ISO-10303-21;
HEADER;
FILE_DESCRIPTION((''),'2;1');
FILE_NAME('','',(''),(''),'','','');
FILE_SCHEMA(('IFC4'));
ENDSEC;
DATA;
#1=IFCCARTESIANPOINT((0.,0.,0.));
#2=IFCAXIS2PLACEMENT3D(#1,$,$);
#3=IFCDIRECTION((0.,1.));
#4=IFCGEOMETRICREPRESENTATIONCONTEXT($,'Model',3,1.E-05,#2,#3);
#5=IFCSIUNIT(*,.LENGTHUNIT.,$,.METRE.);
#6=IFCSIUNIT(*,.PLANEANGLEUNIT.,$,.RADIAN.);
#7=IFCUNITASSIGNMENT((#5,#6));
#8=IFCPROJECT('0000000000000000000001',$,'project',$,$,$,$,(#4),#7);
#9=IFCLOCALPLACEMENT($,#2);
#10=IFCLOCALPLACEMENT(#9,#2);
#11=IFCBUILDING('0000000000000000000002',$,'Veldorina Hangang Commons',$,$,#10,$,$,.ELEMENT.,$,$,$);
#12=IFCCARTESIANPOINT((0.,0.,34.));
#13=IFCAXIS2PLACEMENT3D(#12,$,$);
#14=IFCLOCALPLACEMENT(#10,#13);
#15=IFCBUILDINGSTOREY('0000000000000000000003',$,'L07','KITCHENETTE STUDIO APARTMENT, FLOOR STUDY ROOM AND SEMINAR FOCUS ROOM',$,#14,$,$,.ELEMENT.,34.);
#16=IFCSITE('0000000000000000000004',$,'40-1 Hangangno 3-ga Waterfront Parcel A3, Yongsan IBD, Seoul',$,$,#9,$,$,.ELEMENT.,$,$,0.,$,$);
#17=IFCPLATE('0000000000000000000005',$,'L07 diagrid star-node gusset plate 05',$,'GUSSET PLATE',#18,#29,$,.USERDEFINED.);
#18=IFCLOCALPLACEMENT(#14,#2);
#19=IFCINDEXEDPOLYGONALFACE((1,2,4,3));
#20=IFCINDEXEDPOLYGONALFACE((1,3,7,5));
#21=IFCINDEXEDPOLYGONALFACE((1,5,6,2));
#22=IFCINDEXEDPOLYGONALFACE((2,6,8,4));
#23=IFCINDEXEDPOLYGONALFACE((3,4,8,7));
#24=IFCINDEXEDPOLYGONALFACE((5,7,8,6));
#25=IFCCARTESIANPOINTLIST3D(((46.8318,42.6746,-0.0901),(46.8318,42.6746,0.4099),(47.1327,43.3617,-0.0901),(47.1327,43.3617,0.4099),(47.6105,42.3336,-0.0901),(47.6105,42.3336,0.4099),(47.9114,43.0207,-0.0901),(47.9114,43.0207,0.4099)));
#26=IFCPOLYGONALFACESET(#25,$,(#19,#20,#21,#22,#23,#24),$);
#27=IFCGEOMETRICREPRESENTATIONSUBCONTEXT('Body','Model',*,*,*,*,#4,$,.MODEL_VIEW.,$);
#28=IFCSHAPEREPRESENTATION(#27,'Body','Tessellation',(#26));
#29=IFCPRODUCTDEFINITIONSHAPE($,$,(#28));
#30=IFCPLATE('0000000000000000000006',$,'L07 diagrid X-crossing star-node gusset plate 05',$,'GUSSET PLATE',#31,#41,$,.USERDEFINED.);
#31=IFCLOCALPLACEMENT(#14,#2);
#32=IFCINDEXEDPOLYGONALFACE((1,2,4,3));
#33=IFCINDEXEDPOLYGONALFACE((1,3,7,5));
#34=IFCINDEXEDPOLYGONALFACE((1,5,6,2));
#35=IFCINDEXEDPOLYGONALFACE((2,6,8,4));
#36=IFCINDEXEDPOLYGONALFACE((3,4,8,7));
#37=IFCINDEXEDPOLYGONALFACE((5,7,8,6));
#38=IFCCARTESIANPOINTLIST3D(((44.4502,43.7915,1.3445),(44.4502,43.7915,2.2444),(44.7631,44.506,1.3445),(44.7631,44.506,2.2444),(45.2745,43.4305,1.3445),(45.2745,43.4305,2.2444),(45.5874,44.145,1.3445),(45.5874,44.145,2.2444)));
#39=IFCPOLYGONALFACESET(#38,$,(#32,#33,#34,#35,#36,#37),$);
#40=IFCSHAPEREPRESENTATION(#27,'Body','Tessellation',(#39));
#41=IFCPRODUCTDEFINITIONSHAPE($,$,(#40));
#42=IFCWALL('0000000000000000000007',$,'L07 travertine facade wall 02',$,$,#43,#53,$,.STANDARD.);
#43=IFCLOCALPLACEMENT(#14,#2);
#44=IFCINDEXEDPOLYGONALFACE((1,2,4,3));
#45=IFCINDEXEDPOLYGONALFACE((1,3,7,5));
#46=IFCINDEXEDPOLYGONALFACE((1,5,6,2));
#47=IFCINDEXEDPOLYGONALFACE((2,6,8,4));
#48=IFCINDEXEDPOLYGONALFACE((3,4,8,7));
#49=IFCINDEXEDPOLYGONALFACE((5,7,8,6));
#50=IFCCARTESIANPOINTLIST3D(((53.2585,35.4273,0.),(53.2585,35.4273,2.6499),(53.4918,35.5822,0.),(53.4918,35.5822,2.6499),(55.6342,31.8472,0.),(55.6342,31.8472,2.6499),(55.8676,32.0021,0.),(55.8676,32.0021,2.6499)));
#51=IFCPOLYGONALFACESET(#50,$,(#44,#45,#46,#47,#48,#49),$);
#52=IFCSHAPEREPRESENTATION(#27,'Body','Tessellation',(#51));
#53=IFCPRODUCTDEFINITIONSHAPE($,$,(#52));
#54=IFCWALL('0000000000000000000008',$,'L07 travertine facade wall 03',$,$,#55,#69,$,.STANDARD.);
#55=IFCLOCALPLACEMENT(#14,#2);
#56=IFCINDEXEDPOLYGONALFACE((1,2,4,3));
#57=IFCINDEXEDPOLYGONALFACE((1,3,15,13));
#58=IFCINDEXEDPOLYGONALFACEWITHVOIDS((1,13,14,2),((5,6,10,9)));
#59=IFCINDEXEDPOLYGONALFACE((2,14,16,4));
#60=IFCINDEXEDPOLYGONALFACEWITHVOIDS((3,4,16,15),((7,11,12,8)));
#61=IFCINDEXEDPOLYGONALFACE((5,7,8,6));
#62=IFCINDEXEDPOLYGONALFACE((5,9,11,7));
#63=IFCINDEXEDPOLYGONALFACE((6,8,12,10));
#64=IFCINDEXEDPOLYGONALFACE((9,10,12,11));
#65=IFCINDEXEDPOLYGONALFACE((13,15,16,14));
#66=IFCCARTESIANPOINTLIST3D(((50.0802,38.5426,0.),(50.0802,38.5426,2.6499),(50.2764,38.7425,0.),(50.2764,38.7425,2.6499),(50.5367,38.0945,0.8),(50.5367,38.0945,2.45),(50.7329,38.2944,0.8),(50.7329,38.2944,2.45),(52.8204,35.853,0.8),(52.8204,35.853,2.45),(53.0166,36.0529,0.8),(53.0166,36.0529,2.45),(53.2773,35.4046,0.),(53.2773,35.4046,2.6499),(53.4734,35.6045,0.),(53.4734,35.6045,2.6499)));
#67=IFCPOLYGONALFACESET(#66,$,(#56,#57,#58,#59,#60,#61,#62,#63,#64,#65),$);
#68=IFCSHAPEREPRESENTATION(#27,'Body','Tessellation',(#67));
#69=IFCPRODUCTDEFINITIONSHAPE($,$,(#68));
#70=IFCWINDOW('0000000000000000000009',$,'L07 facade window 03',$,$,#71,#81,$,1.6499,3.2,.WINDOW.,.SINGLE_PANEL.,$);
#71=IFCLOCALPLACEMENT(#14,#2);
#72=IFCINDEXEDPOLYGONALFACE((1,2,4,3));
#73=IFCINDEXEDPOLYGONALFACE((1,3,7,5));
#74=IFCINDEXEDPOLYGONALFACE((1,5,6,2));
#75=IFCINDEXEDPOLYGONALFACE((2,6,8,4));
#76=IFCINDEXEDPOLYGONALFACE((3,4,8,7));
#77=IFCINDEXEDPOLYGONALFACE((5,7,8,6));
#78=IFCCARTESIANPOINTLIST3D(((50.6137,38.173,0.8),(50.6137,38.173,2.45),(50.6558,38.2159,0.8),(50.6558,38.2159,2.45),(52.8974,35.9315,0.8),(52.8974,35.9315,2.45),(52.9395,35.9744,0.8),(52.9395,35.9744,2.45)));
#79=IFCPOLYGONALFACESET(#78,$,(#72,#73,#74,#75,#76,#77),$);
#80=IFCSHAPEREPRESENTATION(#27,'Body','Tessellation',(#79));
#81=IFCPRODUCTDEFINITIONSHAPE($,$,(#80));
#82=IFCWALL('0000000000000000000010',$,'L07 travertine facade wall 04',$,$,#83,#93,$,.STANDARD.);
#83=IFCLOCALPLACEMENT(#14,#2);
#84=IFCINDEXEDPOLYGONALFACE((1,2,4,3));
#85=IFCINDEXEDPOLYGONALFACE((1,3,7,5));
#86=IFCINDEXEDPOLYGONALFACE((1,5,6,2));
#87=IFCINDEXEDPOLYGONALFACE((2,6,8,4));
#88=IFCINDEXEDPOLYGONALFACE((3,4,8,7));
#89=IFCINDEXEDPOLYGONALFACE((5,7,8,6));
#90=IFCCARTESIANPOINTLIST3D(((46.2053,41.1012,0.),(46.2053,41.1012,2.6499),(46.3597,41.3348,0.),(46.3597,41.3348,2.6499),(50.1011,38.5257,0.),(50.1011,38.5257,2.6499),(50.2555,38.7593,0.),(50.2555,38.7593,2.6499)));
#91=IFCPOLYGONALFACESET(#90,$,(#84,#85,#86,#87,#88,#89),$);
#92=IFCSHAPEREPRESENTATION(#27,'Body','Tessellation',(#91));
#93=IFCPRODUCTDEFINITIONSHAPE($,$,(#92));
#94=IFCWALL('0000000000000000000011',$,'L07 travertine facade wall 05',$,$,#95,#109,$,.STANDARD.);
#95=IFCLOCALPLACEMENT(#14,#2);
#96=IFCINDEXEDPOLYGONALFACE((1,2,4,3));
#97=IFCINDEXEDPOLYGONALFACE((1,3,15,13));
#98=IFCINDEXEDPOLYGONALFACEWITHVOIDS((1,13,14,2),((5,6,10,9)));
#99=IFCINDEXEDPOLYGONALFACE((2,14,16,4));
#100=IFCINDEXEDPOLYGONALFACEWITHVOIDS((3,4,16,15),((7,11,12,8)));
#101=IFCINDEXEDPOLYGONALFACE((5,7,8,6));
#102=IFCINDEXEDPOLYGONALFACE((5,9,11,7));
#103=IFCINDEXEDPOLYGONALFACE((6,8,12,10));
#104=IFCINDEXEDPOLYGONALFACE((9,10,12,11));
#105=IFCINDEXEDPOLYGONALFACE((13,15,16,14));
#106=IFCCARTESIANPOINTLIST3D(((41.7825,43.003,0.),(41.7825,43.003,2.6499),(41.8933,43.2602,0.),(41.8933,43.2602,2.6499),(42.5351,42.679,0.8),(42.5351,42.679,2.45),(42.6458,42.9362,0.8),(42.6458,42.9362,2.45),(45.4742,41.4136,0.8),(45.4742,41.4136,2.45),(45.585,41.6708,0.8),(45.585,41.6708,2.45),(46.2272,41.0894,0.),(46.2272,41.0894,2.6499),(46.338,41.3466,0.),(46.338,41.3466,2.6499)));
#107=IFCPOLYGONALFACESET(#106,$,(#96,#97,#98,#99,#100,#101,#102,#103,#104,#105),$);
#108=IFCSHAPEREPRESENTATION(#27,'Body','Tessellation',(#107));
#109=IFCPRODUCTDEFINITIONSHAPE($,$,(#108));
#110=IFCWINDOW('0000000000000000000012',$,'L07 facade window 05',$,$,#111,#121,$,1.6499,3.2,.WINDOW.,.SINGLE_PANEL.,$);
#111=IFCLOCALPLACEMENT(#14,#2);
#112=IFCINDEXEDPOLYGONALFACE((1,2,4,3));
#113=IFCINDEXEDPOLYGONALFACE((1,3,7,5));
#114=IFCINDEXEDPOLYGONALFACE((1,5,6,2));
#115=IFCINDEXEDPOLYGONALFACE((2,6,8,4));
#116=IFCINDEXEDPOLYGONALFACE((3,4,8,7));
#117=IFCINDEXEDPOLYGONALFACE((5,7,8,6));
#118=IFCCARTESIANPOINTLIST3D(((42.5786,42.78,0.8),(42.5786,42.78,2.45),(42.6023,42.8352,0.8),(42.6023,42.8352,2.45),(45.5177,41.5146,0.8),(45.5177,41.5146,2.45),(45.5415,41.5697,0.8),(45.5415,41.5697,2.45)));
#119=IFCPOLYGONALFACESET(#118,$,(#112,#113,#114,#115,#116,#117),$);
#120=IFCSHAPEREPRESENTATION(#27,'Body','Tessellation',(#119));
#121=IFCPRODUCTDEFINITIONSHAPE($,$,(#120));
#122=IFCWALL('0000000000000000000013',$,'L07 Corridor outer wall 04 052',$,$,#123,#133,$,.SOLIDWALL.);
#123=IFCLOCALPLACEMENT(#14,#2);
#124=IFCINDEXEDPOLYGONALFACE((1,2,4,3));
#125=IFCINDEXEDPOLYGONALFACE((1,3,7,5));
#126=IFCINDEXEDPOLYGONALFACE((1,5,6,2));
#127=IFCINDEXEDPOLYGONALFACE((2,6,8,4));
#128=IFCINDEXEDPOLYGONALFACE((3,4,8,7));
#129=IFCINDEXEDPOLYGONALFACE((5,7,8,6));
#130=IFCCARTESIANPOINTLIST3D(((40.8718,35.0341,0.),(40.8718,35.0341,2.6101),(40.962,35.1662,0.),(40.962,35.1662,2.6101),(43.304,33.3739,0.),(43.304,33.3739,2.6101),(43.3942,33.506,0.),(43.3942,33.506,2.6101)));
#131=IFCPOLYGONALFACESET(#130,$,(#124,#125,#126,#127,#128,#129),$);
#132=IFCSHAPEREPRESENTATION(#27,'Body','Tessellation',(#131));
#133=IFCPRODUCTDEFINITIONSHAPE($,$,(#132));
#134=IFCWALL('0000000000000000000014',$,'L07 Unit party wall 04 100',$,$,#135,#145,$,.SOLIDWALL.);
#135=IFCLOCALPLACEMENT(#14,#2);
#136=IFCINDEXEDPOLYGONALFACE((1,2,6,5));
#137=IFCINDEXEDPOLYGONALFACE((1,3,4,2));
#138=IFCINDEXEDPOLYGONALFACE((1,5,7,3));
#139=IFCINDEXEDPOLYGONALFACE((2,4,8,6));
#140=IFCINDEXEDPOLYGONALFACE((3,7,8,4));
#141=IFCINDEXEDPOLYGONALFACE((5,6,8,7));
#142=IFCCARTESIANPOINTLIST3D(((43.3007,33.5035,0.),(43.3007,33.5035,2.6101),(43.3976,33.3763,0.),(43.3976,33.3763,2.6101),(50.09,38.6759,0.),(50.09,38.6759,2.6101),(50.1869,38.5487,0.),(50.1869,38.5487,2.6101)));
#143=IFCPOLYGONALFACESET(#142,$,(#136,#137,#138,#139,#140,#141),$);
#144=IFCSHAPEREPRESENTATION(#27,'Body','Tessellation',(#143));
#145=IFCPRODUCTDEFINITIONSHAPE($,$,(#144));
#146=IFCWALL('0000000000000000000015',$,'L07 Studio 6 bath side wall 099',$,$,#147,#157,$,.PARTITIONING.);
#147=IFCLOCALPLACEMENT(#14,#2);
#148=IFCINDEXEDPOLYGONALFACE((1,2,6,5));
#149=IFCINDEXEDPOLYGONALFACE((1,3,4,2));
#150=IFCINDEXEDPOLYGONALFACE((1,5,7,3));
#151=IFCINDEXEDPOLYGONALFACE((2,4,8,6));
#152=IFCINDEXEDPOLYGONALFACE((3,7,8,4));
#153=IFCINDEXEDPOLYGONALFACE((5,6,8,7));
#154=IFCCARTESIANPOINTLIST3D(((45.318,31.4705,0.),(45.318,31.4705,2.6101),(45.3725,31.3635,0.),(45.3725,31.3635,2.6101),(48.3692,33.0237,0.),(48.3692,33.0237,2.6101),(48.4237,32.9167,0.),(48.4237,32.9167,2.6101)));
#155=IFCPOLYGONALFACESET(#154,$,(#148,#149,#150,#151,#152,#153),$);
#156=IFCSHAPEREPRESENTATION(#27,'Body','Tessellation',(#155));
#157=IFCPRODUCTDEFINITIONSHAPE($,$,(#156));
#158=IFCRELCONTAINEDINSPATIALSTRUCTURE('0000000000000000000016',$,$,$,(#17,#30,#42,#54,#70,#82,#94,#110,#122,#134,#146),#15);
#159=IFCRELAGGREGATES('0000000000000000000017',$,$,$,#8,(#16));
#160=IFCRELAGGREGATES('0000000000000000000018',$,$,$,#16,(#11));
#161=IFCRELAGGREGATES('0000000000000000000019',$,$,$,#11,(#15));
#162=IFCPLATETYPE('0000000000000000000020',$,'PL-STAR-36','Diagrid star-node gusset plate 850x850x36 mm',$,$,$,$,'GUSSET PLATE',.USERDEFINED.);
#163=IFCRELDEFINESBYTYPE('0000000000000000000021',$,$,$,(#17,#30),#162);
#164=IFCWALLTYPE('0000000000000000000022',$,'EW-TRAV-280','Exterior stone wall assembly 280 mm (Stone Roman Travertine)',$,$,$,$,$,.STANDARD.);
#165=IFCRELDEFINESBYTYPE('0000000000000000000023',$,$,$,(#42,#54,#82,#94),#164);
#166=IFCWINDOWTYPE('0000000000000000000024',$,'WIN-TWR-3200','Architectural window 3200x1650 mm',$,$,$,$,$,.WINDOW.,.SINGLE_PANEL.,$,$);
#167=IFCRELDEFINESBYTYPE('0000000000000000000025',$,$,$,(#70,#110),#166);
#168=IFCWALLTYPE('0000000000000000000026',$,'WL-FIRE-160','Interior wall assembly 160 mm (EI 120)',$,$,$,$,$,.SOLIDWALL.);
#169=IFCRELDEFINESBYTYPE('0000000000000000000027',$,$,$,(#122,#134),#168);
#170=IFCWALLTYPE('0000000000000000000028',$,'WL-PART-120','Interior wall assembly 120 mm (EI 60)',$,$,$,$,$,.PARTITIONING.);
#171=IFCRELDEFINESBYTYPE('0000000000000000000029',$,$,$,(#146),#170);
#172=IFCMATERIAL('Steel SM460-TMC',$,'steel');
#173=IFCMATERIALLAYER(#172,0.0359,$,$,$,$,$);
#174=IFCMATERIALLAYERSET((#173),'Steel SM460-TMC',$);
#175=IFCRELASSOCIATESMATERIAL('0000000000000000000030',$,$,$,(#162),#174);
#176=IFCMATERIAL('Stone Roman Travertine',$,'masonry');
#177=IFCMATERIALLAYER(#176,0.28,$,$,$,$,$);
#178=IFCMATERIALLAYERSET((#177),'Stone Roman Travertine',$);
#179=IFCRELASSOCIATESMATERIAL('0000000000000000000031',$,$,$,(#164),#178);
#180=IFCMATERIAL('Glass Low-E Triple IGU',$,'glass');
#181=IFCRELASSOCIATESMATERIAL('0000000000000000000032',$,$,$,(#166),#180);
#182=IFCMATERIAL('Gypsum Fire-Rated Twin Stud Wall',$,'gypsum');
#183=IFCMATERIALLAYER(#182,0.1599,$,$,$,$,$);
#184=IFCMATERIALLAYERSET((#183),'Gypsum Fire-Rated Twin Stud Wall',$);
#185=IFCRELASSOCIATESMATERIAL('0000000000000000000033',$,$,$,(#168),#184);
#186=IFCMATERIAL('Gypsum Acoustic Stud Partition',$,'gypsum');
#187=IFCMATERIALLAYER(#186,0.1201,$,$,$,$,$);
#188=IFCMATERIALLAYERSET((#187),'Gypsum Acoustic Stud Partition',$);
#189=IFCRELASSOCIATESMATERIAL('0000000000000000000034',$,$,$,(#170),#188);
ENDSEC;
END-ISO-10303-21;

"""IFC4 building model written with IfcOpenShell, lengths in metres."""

from ifc_helpers import new_model, si_unit, direction, frame, frame_2d, origin, origin_2d, place, context, subcontext, project, spatial, rectangle, extrude, material, layer, layer_set, type_object, element, fill, save


model = new_model("IFC4")

# Units and contexts
model_context = context("Model", 3, precision=1e-05, world=origin(), true_north=direction((0.0, 1.0)))
body_context = subcontext(model_context, "Body", "Model", "MODEL_VIEW")
ifc_project = project(units=[si_unit("LENGTHUNIT", "METRE"), si_unit("PLANEANGLEUNIT", "RADIAN")], contexts=[model_context])

# Site, building, storey
site_placement = place(None, origin())
site = spatial("IfcSite", under=ifc_project, at=site_placement, Name="40-1 Hangangno 3-ga Waterfront Parcel A3, Yongsan IBD, Seoul", CompositionType="ELEMENT", RefElevation=0.0)
building_placement = place(site_placement, origin())
building = spatial("IfcBuilding", under=site, at=building_placement, Name="Veldorina Hangang Commons", CompositionType="ELEMENT")
storey_placement = place(building_placement, frame((0.0, 0.0, 34.0)))
storey = spatial("IfcBuildingStorey", under=building, at=storey_placement, Name="L07", Description="KITCHENETTE STUDIO APARTMENT, FLOOR STUDY ROOM AND SEMINAR FOCUS ROOM", CompositionType="ELEMENT", Elevation=34.0)

# Shared definitions
ifc_material_1 = material(Name="Steel SM460-TMC", Category="steel")

# Plates
ifc_layer_1 = layer(ifc_material_1, 0.0359)
ifc_layer_set_1 = layer_set([ifc_layer_1], Name="Steel SM460-TMC")
plate_type = type_object("IfcPlateType", Name="PL-STAR-36", Description="Diagrid star-node gusset plate 850x850x36 mm", ElementType="GUSSET PLATE", PredefinedType="USERDEFINED", material=ifc_layer_set_1)
for number, where, z_axis, x_axis, name in (
    (1, (47.3716, 42.8477, -0.0901), (0.0, 0.0, 1.0), (-0.91602, 0.401133, 0.0), "L07 diagrid star-node gusset plate 05"),
):
    element("IfcPlate", number, at=place(storey_placement, frame(where, z_axis=z_axis, x_axis=x_axis)), inside=storey, type_object=plate_type, Name=name, ObjectType="GUSSET PLATE", PredefinedType="USERDEFINED", context=body_context, shape_type="SweptSolid", body=[
        extrude(rectangle(XDim=0.8501, YDim=0.75, at=origin_2d()), origin(), (0.0, 0.0, 1.0), 0.5),
    ])
plate_1_placement = place(storey_placement, frame((45.0188, 43.9683, 1.3445), z_axis=(0.0, 0.0, 1.0), x_axis=(-0.91602, 0.401133, 0.0)))
element("IfcPlate", 2, at=plate_1_placement, inside=storey, type_object=plate_type, Name="L07 diagrid X-crossing star-node gusset plate 05", ObjectType="GUSSET PLATE", PredefinedType="USERDEFINED", context=body_context, shape_type="SweptSolid", body=[
    extrude(rectangle(XDim=0.8999, YDim=0.78, at=origin_2d()), origin(), (0.0, 0.0, 1.0), 0.8999),
])

# Wall
ifc_material_2 = material(Name="Stone Roman Travertine", Category="masonry")
ifc_layer_2 = layer(ifc_material_2, 0.28)
ifc_layer_set_2 = layer_set([ifc_layer_2], Name="Stone Roman Travertine")
wall_type_1 = type_object("IfcWallType", Name="EW-TRAV-280", Description="Exterior stone wall assembly 280 mm (Stone Roman Travertine)", PredefinedType="STANDARD", material=ifc_layer_set_2)
wall_1_placement = place(storey_placement, frame((55.751, 31.9246, 0.0), z_axis=(0.0, 0.0, 1.0), x_axis=(-0.552929, 0.833229, 0.0)))
element("IfcWall", 3, at=wall_1_placement, inside=storey, type_object=wall_type_1, Name="L07 travertine facade wall 02", PredefinedType="STANDARD", context=body_context, shape_type="SweptSolid", body=[
    extrude(rectangle(XDim=4.2966, YDim=0.28, at=frame_2d((2.1484, 0.0))), origin(), (0.0, 0.0, 1.0), 2.6499),
])

# Wall, opening, window
wall_2_placement = place(storey_placement, frame((53.3752, 35.5046, 0.0), z_axis=(0.0, 0.0, 1.0), x_axis=(-0.71367, 0.700482, 0.0)))
wall_2 = element("IfcWall", 4, at=wall_2_placement, inside=storey, type_object=wall_type_1, Name="L07 travertine facade wall 03", PredefinedType="STANDARD", context=body_context, shape_type="SweptSolid", body=[
    extrude(rectangle(XDim=4.4797, YDim=0.28, at=frame_2d((2.2397, 0.0))), origin(), (0.0, 0.0, 1.0), 2.6499),
])
opening_1_placement = place(wall_2_placement, frame((0.6399, 0.0, 0.8)))
opening_1 = element("IfcOpeningElement", 5, at=opening_1_placement, cuts=wall_2, PredefinedType="OPENING", context=body_context, shape_type="SweptSolid", body=[
    extrude(rectangle(XDim=3.2, YDim=1.6499, at=frame_2d((1.6001, 0.825))), frame((0.0, 0.1499, 0.0), z_axis=(0.0, -1.0, 0.0), x_axis=(1.0, 0.0, 0.0)), (0.0, 0.0, 1.0), 0.3),
])
ifc_material_3 = material(Name="Glass Low-E Triple IGU", Category="glass")
window_type = type_object("IfcWindowType", Name="WIN-TWR-3200", Description="Architectural window 3200x1650 mm", PartitioningType="SINGLE_PANEL", PredefinedType="WINDOW", material=ifc_material_3)
window_1_placement = place(opening_1_placement, origin())
window_1 = element("IfcWindow", 6, at=window_1_placement, inside=storey, type_object=window_type, Name="L07 facade window 03", OverallHeight=1.6499, OverallWidth=3.2, PartitioningType="SINGLE_PANEL", PredefinedType="WINDOW", context=body_context, shape_type="SweptSolid", body=[
    extrude(rectangle(XDim=3.2, YDim=1.6499, at=frame_2d((1.6001, 0.825))), frame((0.0, 0.03, 0.0), z_axis=(0.0, -1.0, 0.0), x_axis=(1.0, 0.0, 0.0)), (0.0, 0.0, 1.0), 0.0601),
])
fill(opening_1, window_1)

# Wall
wall_3_placement = place(storey_placement, frame((50.1782, 38.6426, 0.0), z_axis=(0.0, 0.0, 1.0), x_axis=(-0.834191, 0.551475, 0.0)))
element("IfcWall", 7, at=wall_3_placement, inside=storey, type_object=wall_type_1, Name="L07 travertine facade wall 04", PredefinedType="STANDARD", context=body_context, shape_type="SweptSolid", body=[
    extrude(rectangle(XDim=4.6702, YDim=0.28, at=frame_2d((2.335, 0.0))), origin(), (0.0, 0.0, 1.0), 2.6499),
])

# Wall, opening, window
wall_4_placement = place(storey_placement, frame((46.2825, 41.218, 0.0), z_axis=(0.0, 0.0, 1.0), x_axis=(-0.918489, 0.395447, 0.0)))
wall_4 = element("IfcWall", 8, at=wall_4_placement, inside=storey, type_object=wall_type_1, Name="L07 travertine facade wall 05", PredefinedType="STANDARD", context=body_context, shape_type="SweptSolid", body=[
    extrude(rectangle(XDim=4.8391, YDim=0.28, at=frame_2d((2.4194, 0.0))), origin(), (0.0, 0.0, 1.0), 2.6499),
])
opening_2_placement = place(wall_4_placement, frame((0.8196, 0.0, 0.8)))
opening_2 = element("IfcOpeningElement", 9, at=opening_2_placement, cuts=wall_4, PredefinedType="OPENING", context=body_context, shape_type="SweptSolid", body=[
    extrude(rectangle(XDim=3.2, YDim=1.6499, at=frame_2d((1.6001, 0.825))), frame((0.0, 0.1499, 0.0), z_axis=(0.0, -1.0, 0.0), x_axis=(1.0, 0.0, 0.0)), (0.0, 0.0, 1.0), 0.3),
])
window_2_placement = place(opening_2_placement, origin())
window_2 = element("IfcWindow", 10, at=window_2_placement, inside=storey, type_object=window_type, Name="L07 facade window 05", OverallHeight=1.6499, OverallWidth=3.2, PartitioningType="SINGLE_PANEL", PredefinedType="WINDOW", context=body_context, shape_type="SweptSolid", body=[
    extrude(rectangle(XDim=3.2, YDim=1.6499, at=frame_2d((1.6001, 0.825))), frame((0.0, 0.03, 0.0), z_axis=(0.0, -1.0, 0.0), x_axis=(1.0, 0.0, 0.0)), (0.0, 0.0, 1.0), 0.0601),
])
fill(opening_2, window_2)

# Walls
ifc_material_4 = material(Name="Gypsum Fire-Rated Twin Stud Wall", Category="gypsum")
ifc_layer_3 = layer(ifc_material_4, 0.1599)
ifc_layer_set_3 = layer_set([ifc_layer_3], Name="Gypsum Fire-Rated Twin Stud Wall")
wall_type_2 = type_object("IfcWallType", Name="WL-FIRE-160", Description="Interior wall assembly 160 mm (EI 120)", PredefinedType="SOLIDWALL", material=ifc_layer_set_3)
wall_5_placement = place(storey_placement, frame((43.3491, 33.4399, 0.0), z_axis=(0.0, 0.0, 1.0), x_axis=(-0.825929, 0.563774, 0.0)))
element("IfcWall", 11, at=wall_5_placement, inside=storey, type_object=wall_type_2, Name="L07 Corridor outer wall 04 052", PredefinedType="SOLIDWALL", context=body_context, shape_type="SweptSolid", body=[
    extrude(rectangle(XDim=2.9448, YDim=0.1599, at=frame_2d((1.4724, 0.0))), origin(), (0.0, 0.0, 1.0), 2.6101),
])
wall_6_placement = place(storey_placement, frame((43.3491, 33.4399, 0.0), z_axis=(0.0, 0.0, 1.0), x_axis=(0.795457, 0.60601, 0.0)))
element("IfcWall", 12, at=wall_6_placement, inside=storey, type_object=wall_type_2, Name="L07 Unit party wall 04 100", PredefinedType="SOLIDWALL", context=body_context, shape_type="SweptSolid", body=[
    extrude(rectangle(XDim=8.5352, YDim=0.1599, at=frame_2d((4.2676, 0.0))), origin(), (0.0, 0.0, 1.0), 2.6101),
])
ifc_material_5 = material(Name="Gypsum Acoustic Stud Partition", Category="gypsum")
ifc_layer_4 = layer(ifc_material_5, 0.1201)
ifc_layer_set_4 = layer_set([ifc_layer_4], Name="Gypsum Acoustic Stud Partition")
wall_type_3 = type_object("IfcWallType", Name="WL-PART-120", Description="Interior wall assembly 120 mm (EI 60)", PredefinedType="PARTITIONING", material=ifc_layer_set_4)
wall_7_placement = place(storey_placement, frame((45.3452, 31.417, 0.0), z_axis=(0.0, 0.0, 1.0), x_axis=(0.891181, 0.453648, 0.0)))
element("IfcWall", 13, at=wall_7_placement, inside=storey, type_object=wall_type_3, Name="L07 Studio 6 bath side wall 099", PredefinedType="PARTITIONING", context=body_context, shape_type="SweptSolid", body=[
    extrude(rectangle(XDim=3.4238, YDim=0.1201, at=frame_2d((1.7119, 0.0))), origin(), (0.0, 0.0, 1.0), 2.6101),
])

save(model, "model.ifc")
